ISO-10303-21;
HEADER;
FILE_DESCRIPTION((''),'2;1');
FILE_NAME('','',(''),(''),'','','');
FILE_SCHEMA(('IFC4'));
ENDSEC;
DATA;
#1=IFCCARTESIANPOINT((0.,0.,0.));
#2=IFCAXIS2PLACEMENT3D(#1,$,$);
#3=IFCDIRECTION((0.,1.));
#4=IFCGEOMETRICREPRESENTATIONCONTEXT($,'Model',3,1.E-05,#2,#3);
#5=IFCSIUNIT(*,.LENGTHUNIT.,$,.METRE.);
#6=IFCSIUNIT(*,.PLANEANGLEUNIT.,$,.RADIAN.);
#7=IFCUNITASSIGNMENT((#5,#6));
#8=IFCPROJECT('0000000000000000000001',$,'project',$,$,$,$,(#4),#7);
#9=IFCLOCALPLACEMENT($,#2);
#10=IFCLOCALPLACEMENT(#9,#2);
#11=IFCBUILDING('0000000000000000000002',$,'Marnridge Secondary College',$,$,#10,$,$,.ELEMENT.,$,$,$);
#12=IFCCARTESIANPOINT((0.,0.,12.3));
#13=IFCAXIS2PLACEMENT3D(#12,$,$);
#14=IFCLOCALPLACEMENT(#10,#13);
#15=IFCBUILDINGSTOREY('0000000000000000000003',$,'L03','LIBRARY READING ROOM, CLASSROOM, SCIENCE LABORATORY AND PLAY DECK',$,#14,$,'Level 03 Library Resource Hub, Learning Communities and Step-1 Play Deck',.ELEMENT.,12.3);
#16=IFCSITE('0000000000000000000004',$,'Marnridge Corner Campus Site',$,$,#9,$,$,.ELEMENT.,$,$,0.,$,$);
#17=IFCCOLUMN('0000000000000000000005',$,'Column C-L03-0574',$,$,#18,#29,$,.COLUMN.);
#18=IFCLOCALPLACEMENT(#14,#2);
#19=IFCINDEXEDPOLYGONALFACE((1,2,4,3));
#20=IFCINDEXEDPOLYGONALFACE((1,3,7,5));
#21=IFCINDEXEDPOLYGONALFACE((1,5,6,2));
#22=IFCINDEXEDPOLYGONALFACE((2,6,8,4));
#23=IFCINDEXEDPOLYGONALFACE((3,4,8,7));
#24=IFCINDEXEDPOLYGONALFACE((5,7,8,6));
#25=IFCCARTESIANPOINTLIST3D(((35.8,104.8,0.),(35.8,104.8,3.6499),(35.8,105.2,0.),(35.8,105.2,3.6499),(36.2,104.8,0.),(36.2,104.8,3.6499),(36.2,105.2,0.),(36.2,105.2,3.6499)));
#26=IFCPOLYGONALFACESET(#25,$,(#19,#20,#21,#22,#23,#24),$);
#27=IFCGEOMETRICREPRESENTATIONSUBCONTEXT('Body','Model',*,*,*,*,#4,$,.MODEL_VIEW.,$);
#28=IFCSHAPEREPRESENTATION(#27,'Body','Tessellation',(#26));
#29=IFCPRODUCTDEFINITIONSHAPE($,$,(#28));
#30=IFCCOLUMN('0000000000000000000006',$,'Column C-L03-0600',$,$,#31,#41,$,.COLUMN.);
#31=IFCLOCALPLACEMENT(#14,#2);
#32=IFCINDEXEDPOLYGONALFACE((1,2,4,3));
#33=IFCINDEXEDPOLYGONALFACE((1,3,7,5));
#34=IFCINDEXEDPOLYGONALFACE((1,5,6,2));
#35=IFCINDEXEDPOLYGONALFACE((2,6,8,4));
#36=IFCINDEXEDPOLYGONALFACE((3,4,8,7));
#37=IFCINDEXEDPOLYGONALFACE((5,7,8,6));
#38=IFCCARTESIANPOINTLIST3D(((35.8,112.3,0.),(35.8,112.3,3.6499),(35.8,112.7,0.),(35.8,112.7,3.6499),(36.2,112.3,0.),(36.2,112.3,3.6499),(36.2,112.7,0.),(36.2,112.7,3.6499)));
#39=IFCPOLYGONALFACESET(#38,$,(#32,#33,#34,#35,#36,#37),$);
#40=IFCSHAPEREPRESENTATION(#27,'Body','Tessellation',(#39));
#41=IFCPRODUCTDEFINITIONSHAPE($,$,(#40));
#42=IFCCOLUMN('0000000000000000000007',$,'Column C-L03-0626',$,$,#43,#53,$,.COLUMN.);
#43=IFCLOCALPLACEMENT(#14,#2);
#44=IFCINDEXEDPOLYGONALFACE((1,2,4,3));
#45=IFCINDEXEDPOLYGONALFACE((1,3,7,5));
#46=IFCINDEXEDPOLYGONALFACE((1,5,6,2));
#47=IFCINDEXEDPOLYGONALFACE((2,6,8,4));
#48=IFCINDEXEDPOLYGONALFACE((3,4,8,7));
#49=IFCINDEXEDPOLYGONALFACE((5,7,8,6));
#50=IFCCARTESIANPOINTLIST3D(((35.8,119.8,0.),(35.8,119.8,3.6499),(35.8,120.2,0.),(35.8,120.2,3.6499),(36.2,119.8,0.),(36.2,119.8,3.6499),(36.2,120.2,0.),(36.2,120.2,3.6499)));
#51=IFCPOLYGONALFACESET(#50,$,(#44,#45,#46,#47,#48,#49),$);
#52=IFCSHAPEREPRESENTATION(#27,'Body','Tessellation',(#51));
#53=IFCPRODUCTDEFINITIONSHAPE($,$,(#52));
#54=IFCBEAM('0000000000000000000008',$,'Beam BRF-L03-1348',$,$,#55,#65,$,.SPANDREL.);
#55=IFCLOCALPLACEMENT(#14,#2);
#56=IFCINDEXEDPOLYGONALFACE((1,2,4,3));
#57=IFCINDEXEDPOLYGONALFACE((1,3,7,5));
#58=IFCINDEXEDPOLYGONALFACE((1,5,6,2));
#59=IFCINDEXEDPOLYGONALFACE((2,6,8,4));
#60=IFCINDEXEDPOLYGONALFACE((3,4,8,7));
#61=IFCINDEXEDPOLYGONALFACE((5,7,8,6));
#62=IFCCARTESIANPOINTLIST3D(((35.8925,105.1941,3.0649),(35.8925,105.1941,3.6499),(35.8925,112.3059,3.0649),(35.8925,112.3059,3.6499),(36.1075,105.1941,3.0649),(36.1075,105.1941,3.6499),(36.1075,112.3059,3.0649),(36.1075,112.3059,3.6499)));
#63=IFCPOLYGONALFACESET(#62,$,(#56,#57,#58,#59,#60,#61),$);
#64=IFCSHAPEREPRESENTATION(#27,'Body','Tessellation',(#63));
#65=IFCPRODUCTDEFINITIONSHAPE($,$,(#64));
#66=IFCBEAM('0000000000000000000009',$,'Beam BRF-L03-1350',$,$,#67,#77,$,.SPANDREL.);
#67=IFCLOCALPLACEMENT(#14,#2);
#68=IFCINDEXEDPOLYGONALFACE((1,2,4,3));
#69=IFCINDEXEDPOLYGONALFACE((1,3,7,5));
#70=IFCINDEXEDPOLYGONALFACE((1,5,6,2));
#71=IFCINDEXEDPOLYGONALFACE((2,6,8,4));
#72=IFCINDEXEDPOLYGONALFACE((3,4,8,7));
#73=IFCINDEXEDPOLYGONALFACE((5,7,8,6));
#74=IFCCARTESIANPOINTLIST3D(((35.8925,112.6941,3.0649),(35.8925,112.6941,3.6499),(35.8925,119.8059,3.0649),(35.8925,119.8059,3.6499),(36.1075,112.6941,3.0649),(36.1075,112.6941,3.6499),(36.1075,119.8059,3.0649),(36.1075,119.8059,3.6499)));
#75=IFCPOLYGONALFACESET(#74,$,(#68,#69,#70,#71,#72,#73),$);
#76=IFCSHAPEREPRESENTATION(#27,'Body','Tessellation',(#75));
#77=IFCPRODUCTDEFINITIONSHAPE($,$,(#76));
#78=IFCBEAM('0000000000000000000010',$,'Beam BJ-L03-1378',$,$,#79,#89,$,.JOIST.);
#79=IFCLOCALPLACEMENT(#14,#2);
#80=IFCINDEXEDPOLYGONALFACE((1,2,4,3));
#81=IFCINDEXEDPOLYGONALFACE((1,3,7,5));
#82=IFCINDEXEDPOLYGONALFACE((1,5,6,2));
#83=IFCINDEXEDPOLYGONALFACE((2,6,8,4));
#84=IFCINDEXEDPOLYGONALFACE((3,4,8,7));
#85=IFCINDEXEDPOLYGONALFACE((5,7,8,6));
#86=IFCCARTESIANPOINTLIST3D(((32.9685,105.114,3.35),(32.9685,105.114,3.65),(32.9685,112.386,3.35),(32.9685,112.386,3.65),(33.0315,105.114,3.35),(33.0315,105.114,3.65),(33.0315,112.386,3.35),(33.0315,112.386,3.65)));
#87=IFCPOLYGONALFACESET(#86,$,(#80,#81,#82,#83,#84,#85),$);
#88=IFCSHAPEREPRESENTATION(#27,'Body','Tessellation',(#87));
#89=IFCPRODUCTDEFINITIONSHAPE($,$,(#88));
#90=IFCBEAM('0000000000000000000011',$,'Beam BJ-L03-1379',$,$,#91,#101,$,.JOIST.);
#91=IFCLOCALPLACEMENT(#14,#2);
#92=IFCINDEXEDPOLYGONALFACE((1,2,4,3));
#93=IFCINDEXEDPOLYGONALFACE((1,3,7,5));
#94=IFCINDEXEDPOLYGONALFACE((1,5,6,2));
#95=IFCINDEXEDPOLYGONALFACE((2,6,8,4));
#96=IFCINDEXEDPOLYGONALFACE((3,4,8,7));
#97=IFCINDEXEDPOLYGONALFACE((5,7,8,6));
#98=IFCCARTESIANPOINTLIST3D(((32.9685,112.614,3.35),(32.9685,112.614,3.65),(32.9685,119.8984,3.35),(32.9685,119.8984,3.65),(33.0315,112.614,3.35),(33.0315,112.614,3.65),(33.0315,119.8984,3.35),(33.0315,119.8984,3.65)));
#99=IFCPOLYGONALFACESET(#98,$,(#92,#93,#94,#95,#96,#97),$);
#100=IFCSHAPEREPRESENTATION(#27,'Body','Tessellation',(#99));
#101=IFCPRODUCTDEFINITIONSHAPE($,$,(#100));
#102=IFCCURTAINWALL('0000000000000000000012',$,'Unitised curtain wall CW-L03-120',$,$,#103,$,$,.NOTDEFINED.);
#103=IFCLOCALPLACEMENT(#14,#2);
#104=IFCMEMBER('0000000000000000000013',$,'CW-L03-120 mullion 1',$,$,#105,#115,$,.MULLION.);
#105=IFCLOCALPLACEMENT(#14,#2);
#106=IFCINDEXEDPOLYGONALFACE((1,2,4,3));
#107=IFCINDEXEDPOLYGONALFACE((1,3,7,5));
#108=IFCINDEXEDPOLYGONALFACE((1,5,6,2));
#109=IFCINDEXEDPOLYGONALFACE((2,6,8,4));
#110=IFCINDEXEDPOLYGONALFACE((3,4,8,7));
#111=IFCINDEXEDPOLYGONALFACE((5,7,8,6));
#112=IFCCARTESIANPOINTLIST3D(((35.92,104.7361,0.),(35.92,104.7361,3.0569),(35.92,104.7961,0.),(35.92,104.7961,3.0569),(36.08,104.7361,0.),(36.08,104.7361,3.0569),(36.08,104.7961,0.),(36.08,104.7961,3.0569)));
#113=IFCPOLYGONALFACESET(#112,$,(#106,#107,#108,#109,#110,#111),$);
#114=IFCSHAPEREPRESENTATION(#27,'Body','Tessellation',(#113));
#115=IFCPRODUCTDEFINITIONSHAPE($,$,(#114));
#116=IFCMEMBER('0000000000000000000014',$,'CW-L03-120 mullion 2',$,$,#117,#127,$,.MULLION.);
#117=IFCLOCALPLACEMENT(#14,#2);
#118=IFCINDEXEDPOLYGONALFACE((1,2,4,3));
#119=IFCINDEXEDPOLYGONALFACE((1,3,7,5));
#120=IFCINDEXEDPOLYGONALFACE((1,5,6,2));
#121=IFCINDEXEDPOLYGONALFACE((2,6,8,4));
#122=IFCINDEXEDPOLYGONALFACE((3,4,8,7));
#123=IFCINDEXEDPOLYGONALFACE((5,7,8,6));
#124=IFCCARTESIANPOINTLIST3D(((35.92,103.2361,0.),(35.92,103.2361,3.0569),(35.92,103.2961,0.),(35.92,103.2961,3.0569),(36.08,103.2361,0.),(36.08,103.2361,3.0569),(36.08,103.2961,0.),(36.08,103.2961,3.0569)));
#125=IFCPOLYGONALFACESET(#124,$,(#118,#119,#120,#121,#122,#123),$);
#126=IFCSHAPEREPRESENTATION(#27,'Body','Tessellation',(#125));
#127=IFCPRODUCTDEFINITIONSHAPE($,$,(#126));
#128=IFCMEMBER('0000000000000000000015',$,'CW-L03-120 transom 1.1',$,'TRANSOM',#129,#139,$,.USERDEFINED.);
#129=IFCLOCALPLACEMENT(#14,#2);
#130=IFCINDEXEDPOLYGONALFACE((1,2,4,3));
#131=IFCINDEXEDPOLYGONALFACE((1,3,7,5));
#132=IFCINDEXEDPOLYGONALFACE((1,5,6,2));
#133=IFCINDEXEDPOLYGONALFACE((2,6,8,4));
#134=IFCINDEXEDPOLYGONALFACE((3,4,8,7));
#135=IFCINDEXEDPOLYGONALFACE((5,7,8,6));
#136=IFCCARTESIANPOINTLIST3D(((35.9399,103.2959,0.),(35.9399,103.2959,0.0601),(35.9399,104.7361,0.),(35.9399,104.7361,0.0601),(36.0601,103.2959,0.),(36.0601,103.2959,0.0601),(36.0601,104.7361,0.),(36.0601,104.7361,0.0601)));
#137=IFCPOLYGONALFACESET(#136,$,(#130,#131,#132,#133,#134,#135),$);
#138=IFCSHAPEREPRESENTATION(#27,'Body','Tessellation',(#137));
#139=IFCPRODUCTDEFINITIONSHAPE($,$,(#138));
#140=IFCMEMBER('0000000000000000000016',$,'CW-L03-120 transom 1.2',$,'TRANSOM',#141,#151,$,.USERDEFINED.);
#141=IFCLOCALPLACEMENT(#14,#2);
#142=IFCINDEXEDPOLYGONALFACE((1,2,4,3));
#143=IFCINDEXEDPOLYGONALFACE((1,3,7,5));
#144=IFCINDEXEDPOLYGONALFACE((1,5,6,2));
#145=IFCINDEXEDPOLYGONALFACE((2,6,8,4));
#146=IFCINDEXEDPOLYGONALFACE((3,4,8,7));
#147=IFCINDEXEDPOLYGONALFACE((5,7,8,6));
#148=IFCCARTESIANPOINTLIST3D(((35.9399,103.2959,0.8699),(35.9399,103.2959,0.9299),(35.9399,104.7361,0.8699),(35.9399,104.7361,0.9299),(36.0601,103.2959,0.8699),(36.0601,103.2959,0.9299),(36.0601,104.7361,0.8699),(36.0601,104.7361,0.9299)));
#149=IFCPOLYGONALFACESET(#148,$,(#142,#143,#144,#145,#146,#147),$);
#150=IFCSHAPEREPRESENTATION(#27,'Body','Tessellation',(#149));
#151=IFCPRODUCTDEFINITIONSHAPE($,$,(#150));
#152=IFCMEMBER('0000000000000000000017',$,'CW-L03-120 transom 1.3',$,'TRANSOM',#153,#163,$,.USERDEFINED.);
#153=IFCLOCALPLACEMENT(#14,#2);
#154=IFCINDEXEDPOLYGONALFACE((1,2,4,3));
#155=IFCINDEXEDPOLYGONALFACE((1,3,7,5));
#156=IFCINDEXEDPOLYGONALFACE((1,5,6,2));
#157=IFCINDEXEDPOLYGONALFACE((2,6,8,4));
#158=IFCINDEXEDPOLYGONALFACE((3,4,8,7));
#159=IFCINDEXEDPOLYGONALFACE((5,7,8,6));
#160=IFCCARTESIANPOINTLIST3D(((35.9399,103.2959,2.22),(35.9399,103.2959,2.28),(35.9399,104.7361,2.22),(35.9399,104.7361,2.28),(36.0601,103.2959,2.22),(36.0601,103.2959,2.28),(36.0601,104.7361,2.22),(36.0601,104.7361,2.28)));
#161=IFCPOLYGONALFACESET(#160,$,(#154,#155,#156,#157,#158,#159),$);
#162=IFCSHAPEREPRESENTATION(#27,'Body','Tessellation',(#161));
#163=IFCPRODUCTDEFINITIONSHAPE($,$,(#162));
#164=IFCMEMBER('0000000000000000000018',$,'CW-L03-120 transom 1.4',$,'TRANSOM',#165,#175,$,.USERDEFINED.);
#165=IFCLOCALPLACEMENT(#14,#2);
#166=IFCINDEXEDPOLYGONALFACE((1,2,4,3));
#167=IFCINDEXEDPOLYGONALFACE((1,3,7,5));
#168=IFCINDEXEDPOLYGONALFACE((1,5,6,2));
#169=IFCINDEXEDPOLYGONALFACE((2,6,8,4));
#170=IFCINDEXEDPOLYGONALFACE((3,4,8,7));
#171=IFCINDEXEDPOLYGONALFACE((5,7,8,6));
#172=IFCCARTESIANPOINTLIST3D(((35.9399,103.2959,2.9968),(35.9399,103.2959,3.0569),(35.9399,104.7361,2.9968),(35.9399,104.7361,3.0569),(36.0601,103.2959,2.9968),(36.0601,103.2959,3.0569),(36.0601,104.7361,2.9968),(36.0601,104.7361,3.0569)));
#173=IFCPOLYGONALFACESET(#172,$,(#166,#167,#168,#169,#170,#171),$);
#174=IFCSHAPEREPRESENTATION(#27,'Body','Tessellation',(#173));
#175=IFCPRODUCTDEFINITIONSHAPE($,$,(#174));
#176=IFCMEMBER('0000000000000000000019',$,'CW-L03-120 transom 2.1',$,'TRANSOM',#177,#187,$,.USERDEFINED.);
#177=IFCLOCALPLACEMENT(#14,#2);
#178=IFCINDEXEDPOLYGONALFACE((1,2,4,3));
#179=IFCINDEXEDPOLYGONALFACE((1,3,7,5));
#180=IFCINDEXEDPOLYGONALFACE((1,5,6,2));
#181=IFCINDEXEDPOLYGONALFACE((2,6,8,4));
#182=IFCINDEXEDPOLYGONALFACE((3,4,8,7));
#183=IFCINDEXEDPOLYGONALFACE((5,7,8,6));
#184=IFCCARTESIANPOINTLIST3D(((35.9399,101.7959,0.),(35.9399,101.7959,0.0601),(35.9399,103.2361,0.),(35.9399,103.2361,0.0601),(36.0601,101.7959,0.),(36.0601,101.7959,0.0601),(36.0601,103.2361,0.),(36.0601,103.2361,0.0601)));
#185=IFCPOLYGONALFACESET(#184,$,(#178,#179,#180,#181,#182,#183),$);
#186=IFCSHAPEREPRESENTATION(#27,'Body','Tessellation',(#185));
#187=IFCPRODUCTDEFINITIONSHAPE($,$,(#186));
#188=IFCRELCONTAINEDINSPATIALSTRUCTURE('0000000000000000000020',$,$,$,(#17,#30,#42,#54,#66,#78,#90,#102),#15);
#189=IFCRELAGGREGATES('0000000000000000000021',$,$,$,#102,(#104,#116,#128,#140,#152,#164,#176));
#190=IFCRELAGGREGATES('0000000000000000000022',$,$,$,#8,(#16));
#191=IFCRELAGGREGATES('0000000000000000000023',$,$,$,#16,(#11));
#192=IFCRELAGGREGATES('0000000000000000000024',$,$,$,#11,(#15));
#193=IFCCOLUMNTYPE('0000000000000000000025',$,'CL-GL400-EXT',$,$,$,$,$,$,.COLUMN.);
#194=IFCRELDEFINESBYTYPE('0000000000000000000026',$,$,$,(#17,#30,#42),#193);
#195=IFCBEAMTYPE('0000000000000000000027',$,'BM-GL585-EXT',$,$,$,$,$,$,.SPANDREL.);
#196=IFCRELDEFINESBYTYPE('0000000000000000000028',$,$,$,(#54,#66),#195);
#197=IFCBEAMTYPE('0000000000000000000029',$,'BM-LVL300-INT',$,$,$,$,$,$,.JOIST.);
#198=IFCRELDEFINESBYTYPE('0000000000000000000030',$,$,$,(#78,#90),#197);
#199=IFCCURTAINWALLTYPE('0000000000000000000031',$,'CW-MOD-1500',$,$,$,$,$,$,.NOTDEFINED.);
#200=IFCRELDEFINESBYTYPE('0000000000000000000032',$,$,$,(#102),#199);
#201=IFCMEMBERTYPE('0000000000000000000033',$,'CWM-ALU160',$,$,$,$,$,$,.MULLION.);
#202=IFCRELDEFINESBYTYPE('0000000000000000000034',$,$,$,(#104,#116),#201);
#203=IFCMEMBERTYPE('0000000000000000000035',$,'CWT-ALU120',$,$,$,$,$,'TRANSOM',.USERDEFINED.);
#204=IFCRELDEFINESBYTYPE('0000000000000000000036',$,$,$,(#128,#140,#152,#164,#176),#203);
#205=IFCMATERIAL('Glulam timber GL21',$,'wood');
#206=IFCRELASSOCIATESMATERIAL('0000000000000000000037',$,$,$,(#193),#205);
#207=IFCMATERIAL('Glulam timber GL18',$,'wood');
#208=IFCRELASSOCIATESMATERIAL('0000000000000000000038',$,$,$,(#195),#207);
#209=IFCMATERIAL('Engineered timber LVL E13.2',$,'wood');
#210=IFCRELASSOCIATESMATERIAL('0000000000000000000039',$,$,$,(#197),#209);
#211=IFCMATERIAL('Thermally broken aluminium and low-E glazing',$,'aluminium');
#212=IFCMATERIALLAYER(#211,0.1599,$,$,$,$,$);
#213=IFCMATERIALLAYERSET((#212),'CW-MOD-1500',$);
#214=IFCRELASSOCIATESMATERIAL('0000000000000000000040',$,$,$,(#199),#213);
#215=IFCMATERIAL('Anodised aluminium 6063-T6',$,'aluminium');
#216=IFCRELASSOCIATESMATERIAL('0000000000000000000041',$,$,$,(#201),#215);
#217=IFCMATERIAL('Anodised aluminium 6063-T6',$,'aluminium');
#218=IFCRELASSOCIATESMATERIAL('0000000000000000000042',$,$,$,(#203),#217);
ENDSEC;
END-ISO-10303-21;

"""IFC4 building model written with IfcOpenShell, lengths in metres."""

from ifc_helpers import new_model, si_unit, direction, frame, origin, origin_2d, place, context, subcontext, project, spatial, rectangle, extrude, material, layer, layer_set, material_profile, profile_set, type_object, element, aggregate, save


model = new_model("IFC4")

# Units and contexts
model_context = context("Model", 3, precision=1e-05, world=origin(), true_north=direction((0.0, 1.0)))
body_context = subcontext(model_context, "Body", "Model", "MODEL_VIEW")
ifc_project = project(units=[si_unit("LENGTHUNIT", "METRE"), si_unit("PLANEANGLEUNIT", "RADIAN")], contexts=[model_context])

# Site, building, storey
site_placement = place(None, origin())
site = spatial("IfcSite", under=ifc_project, at=site_placement, Name="Marnridge Corner Campus Site", CompositionType="ELEMENT", RefElevation=0.0)
building_placement = place(site_placement, origin())
building = spatial("IfcBuilding", under=site, at=building_placement, Name="Marnridge Secondary College", CompositionType="ELEMENT")
storey_placement = place(building_placement, frame((0.0, 0.0, 12.3)))
storey = spatial("IfcBuildingStorey", under=building, at=storey_placement, Name="L03", Description="LIBRARY READING ROOM, CLASSROOM, SCIENCE LABORATORY AND PLAY DECK", LongName="Level 03 Library Resource Hub, Learning Communities and Step-1 Play Deck", CompositionType="ELEMENT", Elevation=12.3)

# Columns
ifc_material_1 = material(Name="Glulam timber GL21", Category="wood")
ifc_material_profile_1 = material_profile(ifc_material_1, rectangle(XDim=0.3999, YDim=0.3999, at=origin_2d()), Name="GL21 400x400")
ifc_profile_set_1 = profile_set([ifc_material_profile_1], Name="Glulam timber GL21")
column_type = type_object("IfcColumnType", Name="CL-GL400-EXT", PredefinedType="COLUMN", material=ifc_profile_set_1)
for number, where, z_axis, x_axis, name in (
    (1, (36.0, 105.0, 0.0), (0.0, 0.0, 1.0), (1.0, 0.0, 0.0), "Column C-L03-0574"),
    (2, (36.0, 112.5, 0.0), (0.0, 0.0, 1.0), (1.0, 0.0, 0.0), "Column C-L03-0600"),
    (3, (36.0, 120.0, 0.0), (0.0, 0.0, 1.0), (1.0, 0.0, 0.0), "Column C-L03-0626"),
):
    element("IfcColumn", number, at=place(storey_placement, frame(where, z_axis=z_axis, x_axis=x_axis)), inside=storey, type_object=column_type, Name=name, PredefinedType="COLUMN", context=body_context, shape_type="SweptSolid", body=[
        extrude(rectangle(XDim=0.3999, YDim=0.3999, at=origin_2d()), origin(), (0.0, 0.0, 1.0), 3.6499),
    ])

# Beams
ifc_material_2 = material(Name="Glulam timber GL18", Category="wood")
ifc_material_profile_2 = material_profile(ifc_material_2, rectangle(XDim=0.2151, YDim=0.585, at=origin_2d()), Name="GL18 215x585")
ifc_profile_set_2 = profile_set([ifc_material_profile_2], Name="Glulam timber GL18")
beam_type_1 = type_object("IfcBeamType", Name="BM-GL585-EXT", PredefinedType="SPANDREL", material=ifc_profile_set_2)
for number, where, z_axis, x_axis, name in (
    (4, (36.0, 105.1941, 3.3574), (0.0, 1.0, 0.0), (-1.0, 0.0, 0.0), "Beam BRF-L03-1348"),
    (5, (36.0, 112.6941, 3.3574), (0.0, 1.0, 0.0), (-1.0, 0.0, 0.0), "Beam BRF-L03-1350"),
):
    element("IfcBeam", number, at=place(storey_placement, frame(where, z_axis=z_axis, x_axis=x_axis)), inside=storey, type_object=beam_type_1, Name=name, PredefinedType="SPANDREL", context=body_context, shape_type="SweptSolid", body=[
        extrude(rectangle(XDim=0.2151, YDim=0.585, at=origin_2d()), origin(), (0.0, 0.0, 1.0), 7.1118),
    ])
ifc_material_3 = material(Name="Engineered timber LVL E13.2", Category="wood")
ifc_material_profile_3 = material_profile(ifc_material_3, rectangle(XDim=0.063, YDim=0.3, at=origin_2d()), Name="LVL 63x300")
ifc_profile_set_3 = profile_set([ifc_material_profile_3], Name="Engineered timber LVL E13.2")
beam_type_2 = type_object("IfcBeamType", Name="BM-LVL300-INT", PredefinedType="JOIST", material=ifc_profile_set_3)
beam_1_placement = place(storey_placement, frame((33.0, 105.114, 3.5), z_axis=(0.0, 1.0, 0.0), x_axis=(-1.0, 0.0, 0.0)))
element("IfcBeam", 6, at=beam_1_placement, inside=storey, type_object=beam_type_2, Name="Beam BJ-L03-1378", PredefinedType="JOIST", context=body_context, shape_type="SweptSolid", body=[
    extrude(rectangle(XDim=0.063, YDim=0.3, at=origin_2d()), origin(), (0.0, 0.0, 1.0), 7.272),
])
beam_2_placement = place(storey_placement, frame((33.0, 112.614, 3.5), z_axis=(0.0, 1.0, 0.0), x_axis=(-1.0, 0.0, 0.0)))
element("IfcBeam", 7, at=beam_2_placement, inside=storey, type_object=beam_type_2, Name="Beam BJ-L03-1379", PredefinedType="JOIST", context=body_context, shape_type="SweptSolid", body=[
    extrude(rectangle(XDim=0.063, YDim=0.3, at=origin_2d()), origin(), (0.0, 0.0, 1.0), 7.2844),
])

# Curtain wall, members
ifc_material_4 = material(Name="Thermally broken aluminium and low-E glazing", Category="aluminium")
ifc_layer_1 = layer(ifc_material_4, 0.1599)
ifc_layer_set_1 = layer_set([ifc_layer_1], Name="CW-MOD-1500")
curtain_wall_type = type_object("IfcCurtainWallType", Name="CW-MOD-1500", PredefinedType="NOTDEFINED", material=ifc_layer_set_1)
curtain_wall_placement = place(storey_placement, origin())
curtain_wall = element("IfcCurtainWall", 8, at=curtain_wall_placement, inside=storey, type_object=curtain_wall_type, Name="Unitised curtain wall CW-L03-120", PredefinedType="NOTDEFINED")
ifc_material_5 = material(Name="Anodised aluminium 6063-T6", Category="aluminium")
ifc_material_profile_4 = material_profile(ifc_material_5, rectangle(XDim=0.0601, YDim=0.1599, at=origin_2d()), Name="ALU 60x160")
ifc_profile_set_4 = profile_set([ifc_material_profile_4], Name="Anodised aluminium 6063-T6")
member_type_1 = type_object("IfcMemberType", Name="CWM-ALU160", PredefinedType="MULLION", material=ifc_profile_set_4)
member_1_placement = place(storey_placement, frame((36.0, 104.7661, 0.0), z_axis=(0.0, 0.0, 1.0), x_axis=(0.0, -1.0, 0.0)))
member_1 = element("IfcMember", 9, at=member_1_placement, type_object=member_type_1, Name="CW-L03-120 mullion 1", PredefinedType="MULLION", context=body_context, shape_type="SweptSolid", body=[
    extrude(rectangle(XDim=0.0601, YDim=0.1599, at=origin_2d()), origin(), (0.0, 0.0, 1.0), 3.0569),
])
member_2_placement = place(storey_placement, frame((36.0, 103.2661, 0.0), z_axis=(0.0, 0.0, 1.0), x_axis=(0.0, -1.0, 0.0)))
member_2 = element("IfcMember", 10, at=member_2_placement, type_object=member_type_1, Name="CW-L03-120 mullion 2", PredefinedType="MULLION", context=body_context, shape_type="SweptSolid", body=[
    extrude(rectangle(XDim=0.0601, YDim=0.1599, at=origin_2d()), origin(), (0.0, 0.0, 1.0), 3.0569),
])
ifc_material_6 = material(Name="Anodised aluminium 6063-T6", Category="aluminium")
ifc_material_profile_5 = material_profile(ifc_material_6, rectangle(XDim=0.0601, YDim=0.1201, at=origin_2d()), Name="ALU 60x120")
ifc_profile_set_5 = profile_set([ifc_material_profile_5], Name="Anodised aluminium 6063-T6")
member_type_2 = type_object("IfcMemberType", Name="CWT-ALU120", ElementType="TRANSOM", PredefinedType="USERDEFINED", material=ifc_profile_set_5)
member_3_placement = place(storey_placement, frame((36.0, 104.7361, 0.03), z_axis=(0.0, -1.0, 0.0), x_axis=(0.0, 0.0, 1.0)))
member_3 = element("IfcMember", 11, at=member_3_placement, type_object=member_type_2, Name="CW-L03-120 transom 1.1", ObjectType="TRANSOM", PredefinedType="USERDEFINED", context=body_context, shape_type="SweptSolid", body=[
    extrude(rectangle(XDim=0.0601, YDim=0.1201, at=origin_2d()), origin(), (0.0, 0.0, 1.0), 1.4402),
])
member_4_placement = place(storey_placement, frame((36.0, 104.7361, 0.8999), z_axis=(0.0, -1.0, 0.0), x_axis=(0.0, 0.0, 1.0)))
member_4 = element("IfcMember", 12, at=member_4_placement, type_object=member_type_2, Name="CW-L03-120 transom 1.2", ObjectType="TRANSOM", PredefinedType="USERDEFINED", context=body_context, shape_type="SweptSolid", body=[
    extrude(rectangle(XDim=0.0601, YDim=0.1201, at=origin_2d()), origin(), (0.0, 0.0, 1.0), 1.4402),
])
member_5_placement = place(storey_placement, frame((36.0, 104.7361, 2.25), z_axis=(0.0, -1.0, 0.0), x_axis=(0.0, 0.0, 1.0)))
member_5 = element("IfcMember", 13, at=member_5_placement, type_object=member_type_2, Name="CW-L03-120 transom 1.3", ObjectType="TRANSOM", PredefinedType="USERDEFINED", context=body_context, shape_type="SweptSolid", body=[
    extrude(rectangle(XDim=0.0601, YDim=0.1201, at=origin_2d()), origin(), (0.0, 0.0, 1.0), 1.4402),
])
member_6_placement = place(storey_placement, frame((36.0, 104.7361, 3.0269), z_axis=(0.0, -1.0, 0.0), x_axis=(0.0, 0.0, 1.0)))
member_6 = element("IfcMember", 14, at=member_6_placement, type_object=member_type_2, Name="CW-L03-120 transom 1.4", ObjectType="TRANSOM", PredefinedType="USERDEFINED", context=body_context, shape_type="SweptSolid", body=[
    extrude(rectangle(XDim=0.0601, YDim=0.1201, at=origin_2d()), origin(), (0.0, 0.0, 1.0), 1.4402),
])
member_7_placement = place(storey_placement, frame((36.0, 103.2361, 0.03), z_axis=(0.0, -1.0, 0.0), x_axis=(0.0, 0.0, 1.0)))
member_7 = element("IfcMember", 15, at=member_7_placement, type_object=member_type_2, Name="CW-L03-120 transom 2.1", ObjectType="TRANSOM", PredefinedType="USERDEFINED", context=body_context, shape_type="SweptSolid", body=[
    extrude(rectangle(XDim=0.0601, YDim=0.1201, at=origin_2d()), origin(), (0.0, 0.0, 1.0), 1.4402),
])
aggregate(curtain_wall, [member_1, member_2, member_3, member_4, member_5, member_6, member_7])

save(model, "model.ifc")
